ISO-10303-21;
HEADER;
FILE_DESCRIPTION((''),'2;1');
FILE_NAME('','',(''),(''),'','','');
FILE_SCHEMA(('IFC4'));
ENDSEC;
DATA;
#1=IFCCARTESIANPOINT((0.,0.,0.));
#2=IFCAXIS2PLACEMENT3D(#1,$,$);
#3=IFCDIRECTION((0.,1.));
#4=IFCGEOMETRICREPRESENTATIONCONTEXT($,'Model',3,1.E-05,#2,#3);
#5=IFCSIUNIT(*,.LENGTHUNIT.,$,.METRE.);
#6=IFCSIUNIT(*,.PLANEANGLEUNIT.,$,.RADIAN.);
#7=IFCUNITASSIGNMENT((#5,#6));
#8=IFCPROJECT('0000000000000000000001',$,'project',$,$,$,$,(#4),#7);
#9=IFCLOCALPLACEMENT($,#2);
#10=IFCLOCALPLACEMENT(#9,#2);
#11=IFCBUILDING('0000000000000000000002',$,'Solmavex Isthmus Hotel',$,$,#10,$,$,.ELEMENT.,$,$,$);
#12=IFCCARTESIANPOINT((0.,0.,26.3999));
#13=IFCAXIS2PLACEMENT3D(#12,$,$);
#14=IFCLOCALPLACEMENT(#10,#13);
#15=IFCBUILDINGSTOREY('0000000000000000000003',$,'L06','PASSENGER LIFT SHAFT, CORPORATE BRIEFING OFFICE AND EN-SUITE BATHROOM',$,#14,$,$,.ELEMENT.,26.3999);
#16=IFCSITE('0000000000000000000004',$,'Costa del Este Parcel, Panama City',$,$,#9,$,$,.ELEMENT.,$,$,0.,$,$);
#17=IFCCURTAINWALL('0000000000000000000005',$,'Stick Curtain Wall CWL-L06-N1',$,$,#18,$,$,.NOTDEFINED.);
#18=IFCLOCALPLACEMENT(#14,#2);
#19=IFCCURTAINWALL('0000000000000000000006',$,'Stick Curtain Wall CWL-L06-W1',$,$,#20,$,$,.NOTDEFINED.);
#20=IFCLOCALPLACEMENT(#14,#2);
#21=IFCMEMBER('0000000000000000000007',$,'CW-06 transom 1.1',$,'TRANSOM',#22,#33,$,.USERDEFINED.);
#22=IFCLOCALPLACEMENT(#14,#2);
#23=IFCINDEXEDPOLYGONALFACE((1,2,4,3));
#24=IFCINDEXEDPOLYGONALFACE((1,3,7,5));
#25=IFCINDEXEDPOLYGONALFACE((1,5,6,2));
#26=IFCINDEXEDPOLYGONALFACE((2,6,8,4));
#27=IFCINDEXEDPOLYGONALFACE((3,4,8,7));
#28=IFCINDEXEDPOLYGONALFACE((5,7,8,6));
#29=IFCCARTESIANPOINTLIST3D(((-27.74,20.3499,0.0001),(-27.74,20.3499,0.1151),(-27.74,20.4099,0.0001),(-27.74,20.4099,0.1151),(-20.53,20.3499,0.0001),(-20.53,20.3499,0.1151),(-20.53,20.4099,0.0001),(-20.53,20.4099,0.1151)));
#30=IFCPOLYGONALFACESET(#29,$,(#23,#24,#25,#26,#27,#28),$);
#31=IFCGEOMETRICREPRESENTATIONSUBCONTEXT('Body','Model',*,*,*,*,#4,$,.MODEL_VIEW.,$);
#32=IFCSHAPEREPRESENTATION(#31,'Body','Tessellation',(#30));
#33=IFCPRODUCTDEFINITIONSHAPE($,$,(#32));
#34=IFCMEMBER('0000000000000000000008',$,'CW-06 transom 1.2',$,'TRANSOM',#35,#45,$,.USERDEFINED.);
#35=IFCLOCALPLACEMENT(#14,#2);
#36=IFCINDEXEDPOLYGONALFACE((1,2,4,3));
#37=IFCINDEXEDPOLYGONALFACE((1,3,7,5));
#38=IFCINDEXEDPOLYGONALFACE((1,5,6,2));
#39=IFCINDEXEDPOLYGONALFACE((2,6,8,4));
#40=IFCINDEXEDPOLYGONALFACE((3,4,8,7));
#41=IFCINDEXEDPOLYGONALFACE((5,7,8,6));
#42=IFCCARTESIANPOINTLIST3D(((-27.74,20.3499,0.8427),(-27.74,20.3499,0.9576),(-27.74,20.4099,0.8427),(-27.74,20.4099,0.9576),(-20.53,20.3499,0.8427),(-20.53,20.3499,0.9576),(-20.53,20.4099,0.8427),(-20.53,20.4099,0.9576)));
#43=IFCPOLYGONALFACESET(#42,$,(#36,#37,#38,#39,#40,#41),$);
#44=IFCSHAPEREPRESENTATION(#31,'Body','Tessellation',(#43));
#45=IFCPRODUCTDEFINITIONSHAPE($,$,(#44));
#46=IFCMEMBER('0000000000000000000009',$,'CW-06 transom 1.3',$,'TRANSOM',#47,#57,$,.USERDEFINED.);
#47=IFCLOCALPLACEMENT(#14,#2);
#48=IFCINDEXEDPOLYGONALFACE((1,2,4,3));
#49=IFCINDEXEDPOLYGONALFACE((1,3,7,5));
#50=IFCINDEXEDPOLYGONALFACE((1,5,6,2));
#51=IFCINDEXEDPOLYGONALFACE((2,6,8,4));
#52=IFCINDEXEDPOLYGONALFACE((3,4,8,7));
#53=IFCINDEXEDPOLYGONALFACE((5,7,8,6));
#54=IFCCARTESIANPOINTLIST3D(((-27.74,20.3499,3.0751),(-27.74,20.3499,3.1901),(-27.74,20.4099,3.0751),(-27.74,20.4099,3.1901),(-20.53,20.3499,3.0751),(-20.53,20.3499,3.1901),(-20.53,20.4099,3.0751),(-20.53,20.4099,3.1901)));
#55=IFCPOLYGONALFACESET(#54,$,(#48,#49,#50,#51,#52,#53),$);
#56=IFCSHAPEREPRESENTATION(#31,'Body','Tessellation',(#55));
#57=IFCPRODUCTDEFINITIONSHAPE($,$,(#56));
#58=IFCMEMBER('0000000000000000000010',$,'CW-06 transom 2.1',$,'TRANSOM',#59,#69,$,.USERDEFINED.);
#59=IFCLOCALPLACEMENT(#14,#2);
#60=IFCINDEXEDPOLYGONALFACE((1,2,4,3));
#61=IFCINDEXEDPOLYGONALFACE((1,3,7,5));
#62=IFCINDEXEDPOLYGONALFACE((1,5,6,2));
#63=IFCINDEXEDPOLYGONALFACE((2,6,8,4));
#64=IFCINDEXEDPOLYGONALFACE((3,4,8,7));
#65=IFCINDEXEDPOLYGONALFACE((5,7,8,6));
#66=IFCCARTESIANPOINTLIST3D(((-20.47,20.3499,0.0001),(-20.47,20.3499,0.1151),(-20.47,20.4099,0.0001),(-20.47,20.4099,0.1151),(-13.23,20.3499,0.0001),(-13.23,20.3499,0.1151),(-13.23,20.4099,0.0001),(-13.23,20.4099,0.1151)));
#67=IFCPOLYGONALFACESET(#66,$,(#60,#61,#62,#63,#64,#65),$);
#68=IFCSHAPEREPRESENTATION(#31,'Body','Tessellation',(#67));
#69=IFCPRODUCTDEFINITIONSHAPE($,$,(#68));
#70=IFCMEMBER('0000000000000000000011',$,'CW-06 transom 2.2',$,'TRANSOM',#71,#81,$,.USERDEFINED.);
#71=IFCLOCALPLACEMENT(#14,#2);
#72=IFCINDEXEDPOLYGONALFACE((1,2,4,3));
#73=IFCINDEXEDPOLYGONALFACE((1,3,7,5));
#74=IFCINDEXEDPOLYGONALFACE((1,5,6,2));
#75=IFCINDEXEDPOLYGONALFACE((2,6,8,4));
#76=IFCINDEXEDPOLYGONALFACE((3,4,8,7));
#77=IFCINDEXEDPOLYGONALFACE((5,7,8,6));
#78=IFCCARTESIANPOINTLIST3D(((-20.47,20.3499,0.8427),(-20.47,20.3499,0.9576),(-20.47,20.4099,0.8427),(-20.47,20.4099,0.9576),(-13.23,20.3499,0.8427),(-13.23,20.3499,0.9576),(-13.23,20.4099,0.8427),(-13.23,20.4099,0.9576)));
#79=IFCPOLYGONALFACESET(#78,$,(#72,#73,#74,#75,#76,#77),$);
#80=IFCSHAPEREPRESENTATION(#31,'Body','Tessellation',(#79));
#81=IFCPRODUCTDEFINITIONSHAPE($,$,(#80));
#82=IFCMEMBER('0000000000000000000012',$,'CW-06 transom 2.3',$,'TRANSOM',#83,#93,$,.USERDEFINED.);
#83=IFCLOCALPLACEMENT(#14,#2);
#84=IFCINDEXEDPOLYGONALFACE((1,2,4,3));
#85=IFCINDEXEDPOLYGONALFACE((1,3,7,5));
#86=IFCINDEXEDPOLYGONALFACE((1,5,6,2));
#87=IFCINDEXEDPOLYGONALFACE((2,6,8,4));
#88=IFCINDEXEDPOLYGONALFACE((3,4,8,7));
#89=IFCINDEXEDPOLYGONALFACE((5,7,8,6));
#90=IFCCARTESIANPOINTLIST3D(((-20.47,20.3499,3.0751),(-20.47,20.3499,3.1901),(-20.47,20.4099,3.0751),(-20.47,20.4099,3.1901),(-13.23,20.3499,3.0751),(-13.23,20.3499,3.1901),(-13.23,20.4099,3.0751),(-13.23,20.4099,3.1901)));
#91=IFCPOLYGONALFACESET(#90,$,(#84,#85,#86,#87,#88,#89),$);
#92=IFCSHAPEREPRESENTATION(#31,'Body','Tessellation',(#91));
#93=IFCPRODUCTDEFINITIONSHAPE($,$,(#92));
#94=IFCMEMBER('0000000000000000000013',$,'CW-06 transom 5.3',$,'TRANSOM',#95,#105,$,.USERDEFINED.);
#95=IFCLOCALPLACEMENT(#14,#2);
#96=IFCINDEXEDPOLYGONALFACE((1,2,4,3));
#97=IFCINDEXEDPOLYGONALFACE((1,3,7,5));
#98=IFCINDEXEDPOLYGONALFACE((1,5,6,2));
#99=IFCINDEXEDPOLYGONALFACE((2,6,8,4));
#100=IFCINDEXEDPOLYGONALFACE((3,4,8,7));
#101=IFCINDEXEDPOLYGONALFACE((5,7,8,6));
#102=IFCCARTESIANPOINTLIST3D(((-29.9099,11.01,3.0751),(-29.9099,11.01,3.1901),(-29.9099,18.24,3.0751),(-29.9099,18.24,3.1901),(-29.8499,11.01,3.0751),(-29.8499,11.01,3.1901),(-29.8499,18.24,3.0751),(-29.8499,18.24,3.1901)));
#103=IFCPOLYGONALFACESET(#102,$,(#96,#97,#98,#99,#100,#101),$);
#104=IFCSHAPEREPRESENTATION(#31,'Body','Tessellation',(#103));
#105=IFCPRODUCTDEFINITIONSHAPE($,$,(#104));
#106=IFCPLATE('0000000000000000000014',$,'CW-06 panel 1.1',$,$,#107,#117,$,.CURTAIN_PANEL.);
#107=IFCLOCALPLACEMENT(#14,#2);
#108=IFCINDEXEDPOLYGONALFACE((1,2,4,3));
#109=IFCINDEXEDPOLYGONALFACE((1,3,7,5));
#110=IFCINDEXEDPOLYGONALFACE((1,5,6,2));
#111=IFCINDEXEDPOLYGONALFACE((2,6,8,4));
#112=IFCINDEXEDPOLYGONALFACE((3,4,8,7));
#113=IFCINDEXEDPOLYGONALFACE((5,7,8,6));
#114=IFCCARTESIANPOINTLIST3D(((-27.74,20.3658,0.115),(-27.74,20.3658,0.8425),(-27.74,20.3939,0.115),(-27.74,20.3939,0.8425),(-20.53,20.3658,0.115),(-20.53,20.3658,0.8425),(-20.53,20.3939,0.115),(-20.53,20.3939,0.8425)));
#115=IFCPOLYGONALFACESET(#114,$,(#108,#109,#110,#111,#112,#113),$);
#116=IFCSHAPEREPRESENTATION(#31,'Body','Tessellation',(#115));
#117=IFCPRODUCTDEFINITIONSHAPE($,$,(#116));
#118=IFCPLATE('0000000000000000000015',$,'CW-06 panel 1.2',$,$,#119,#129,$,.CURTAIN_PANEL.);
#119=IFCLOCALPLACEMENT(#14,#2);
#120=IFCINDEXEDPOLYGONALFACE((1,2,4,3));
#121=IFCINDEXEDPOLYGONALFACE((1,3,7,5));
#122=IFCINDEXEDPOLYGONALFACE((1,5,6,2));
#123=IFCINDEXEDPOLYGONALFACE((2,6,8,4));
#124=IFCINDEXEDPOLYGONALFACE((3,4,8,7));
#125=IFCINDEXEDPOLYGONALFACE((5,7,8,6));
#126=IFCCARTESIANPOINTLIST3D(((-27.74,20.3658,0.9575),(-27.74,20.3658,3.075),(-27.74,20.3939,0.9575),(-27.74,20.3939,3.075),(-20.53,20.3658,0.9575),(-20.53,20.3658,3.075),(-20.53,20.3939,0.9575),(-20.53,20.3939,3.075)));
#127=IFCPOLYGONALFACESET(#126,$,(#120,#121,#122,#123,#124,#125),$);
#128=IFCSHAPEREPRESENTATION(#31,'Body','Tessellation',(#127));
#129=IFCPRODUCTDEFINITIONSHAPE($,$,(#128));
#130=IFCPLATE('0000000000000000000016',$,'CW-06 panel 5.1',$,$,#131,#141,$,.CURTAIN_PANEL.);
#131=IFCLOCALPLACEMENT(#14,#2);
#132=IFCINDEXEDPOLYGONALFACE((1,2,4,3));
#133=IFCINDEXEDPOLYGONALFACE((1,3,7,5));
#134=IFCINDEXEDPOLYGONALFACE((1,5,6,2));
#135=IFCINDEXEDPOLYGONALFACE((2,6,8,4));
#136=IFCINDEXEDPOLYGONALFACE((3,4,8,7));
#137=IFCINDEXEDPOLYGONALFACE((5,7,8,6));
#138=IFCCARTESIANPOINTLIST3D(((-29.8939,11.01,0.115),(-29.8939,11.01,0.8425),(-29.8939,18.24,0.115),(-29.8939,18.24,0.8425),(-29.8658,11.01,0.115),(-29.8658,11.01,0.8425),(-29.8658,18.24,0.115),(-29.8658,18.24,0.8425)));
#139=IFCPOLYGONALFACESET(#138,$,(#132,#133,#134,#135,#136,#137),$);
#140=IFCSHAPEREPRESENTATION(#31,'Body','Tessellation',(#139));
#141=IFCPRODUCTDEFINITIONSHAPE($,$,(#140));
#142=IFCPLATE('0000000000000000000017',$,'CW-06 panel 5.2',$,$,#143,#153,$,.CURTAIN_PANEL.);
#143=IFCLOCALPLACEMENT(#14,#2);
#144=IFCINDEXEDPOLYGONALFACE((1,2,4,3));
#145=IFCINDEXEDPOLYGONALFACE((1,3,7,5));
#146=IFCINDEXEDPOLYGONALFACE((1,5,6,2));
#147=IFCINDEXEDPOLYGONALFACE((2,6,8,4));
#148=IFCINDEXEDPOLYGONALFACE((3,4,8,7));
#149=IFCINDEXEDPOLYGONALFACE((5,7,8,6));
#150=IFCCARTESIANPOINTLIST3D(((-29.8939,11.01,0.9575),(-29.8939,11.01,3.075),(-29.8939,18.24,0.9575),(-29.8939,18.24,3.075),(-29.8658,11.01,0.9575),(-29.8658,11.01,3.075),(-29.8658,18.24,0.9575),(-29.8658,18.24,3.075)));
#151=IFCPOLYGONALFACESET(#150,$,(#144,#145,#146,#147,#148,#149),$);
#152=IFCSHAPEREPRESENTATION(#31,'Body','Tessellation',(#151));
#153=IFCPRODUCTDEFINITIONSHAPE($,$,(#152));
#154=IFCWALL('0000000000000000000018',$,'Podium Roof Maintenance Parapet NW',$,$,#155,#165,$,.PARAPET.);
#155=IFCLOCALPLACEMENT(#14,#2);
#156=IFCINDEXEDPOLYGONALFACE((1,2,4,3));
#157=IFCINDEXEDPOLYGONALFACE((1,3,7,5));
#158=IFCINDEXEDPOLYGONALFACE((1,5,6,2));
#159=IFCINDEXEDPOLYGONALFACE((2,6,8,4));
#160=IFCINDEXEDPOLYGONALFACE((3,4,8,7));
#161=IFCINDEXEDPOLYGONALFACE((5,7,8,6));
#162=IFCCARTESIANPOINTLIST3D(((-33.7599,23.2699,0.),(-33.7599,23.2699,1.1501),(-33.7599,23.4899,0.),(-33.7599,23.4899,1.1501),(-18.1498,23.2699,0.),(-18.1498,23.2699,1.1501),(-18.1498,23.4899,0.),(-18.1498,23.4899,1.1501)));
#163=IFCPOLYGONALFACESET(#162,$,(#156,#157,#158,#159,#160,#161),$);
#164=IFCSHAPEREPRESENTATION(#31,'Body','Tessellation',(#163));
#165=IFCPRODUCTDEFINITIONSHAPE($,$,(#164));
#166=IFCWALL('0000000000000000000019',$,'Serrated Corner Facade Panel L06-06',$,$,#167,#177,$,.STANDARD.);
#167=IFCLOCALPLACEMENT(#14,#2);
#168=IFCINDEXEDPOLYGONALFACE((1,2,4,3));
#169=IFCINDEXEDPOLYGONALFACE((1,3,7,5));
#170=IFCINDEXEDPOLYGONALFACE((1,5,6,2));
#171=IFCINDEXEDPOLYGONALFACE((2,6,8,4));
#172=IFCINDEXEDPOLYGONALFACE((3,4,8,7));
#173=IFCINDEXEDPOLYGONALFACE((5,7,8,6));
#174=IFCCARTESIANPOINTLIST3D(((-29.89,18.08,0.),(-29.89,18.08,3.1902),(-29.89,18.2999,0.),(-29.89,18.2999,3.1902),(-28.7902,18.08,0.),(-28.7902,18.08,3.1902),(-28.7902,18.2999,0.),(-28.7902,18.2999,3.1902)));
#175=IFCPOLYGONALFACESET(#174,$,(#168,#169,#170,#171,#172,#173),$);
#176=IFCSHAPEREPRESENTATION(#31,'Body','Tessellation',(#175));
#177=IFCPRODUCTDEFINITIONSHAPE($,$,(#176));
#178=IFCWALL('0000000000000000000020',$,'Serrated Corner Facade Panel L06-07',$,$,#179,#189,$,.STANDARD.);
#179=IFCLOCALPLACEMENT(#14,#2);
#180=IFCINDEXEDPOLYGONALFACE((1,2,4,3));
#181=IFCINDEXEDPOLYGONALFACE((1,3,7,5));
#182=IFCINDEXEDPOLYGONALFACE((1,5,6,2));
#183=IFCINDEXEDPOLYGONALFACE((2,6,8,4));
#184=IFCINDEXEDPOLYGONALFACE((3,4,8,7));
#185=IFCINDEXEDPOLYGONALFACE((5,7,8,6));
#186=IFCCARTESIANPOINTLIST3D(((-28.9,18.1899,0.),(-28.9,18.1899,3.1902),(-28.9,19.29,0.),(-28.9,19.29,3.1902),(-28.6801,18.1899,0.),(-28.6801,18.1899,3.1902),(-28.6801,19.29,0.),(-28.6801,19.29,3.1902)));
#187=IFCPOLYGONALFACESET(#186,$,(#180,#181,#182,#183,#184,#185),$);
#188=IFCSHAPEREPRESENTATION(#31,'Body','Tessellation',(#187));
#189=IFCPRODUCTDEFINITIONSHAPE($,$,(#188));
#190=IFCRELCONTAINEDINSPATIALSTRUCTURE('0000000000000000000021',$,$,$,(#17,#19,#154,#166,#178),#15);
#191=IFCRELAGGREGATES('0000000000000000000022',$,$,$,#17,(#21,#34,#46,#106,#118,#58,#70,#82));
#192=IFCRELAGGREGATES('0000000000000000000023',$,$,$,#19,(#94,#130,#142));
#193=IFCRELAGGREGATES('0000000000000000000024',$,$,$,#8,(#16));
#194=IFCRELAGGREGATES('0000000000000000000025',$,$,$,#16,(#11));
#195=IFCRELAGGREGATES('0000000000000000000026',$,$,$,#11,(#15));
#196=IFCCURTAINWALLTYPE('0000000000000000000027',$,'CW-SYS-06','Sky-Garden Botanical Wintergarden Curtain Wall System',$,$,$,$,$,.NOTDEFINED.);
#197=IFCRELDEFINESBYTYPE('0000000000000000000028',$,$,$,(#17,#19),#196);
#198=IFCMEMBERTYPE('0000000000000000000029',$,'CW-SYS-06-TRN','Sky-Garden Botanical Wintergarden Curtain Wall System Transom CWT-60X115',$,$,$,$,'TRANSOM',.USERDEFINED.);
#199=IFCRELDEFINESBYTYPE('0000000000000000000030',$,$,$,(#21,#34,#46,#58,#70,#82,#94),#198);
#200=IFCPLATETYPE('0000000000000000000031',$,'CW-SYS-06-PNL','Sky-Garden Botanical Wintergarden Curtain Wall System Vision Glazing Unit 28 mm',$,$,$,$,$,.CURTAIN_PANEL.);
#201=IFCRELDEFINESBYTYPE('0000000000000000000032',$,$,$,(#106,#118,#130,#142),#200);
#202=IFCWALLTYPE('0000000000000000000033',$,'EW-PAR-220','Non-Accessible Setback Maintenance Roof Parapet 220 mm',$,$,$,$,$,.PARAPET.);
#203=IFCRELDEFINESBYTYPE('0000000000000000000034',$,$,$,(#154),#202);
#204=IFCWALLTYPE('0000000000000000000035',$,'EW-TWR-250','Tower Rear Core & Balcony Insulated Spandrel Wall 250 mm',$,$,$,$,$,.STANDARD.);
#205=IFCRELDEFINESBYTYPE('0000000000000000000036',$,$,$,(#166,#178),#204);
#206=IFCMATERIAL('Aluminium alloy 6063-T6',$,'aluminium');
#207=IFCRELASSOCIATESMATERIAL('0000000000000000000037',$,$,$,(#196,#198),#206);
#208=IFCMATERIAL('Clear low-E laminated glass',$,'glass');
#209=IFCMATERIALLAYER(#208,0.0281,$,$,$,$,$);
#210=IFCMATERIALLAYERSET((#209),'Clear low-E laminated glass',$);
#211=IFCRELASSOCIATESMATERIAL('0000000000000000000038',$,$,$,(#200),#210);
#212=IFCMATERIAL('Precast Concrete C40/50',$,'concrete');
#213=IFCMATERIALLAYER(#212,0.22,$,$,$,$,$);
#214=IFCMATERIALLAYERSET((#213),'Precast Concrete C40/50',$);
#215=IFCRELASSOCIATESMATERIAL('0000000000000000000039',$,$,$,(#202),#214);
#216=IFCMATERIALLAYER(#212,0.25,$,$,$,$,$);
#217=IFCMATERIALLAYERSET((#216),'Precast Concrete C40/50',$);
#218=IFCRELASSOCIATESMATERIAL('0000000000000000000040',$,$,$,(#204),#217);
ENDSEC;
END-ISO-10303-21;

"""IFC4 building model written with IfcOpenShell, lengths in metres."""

from ifc_helpers import new_model, si_unit, direction, frame, frame_2d, origin, origin_2d, place, context, subcontext, project, spatial, rectangle, extrude, material, layer, layer_set, material_profile, profile_set, type_object, element, aggregate, save


model = new_model("IFC4")

# Units and contexts
model_context = context("Model", 3, precision=1e-05, world=origin(), true_north=direction((0.0, 1.0)))
body_context = subcontext(model_context, "Body", "Model", "MODEL_VIEW")
ifc_project = project(units=[si_unit("LENGTHUNIT", "METRE"), si_unit("PLANEANGLEUNIT", "RADIAN")], contexts=[model_context])

# Site, building, storey
site_placement = place(None, origin())
site = spatial("IfcSite", under=ifc_project, at=site_placement, Name="Costa del Este Parcel, Panama City", CompositionType="ELEMENT", RefElevation=0.0)
building_placement = place(site_placement, origin())
building = spatial("IfcBuilding", under=site, at=building_placement, Name="Solmavex Isthmus Hotel", CompositionType="ELEMENT")
storey_placement = place(building_placement, frame((0.0, 0.0, 26.3999)))
storey = spatial("IfcBuildingStorey", under=building, at=storey_placement, Name="L06", Description="PASSENGER LIFT SHAFT, CORPORATE BRIEFING OFFICE AND EN-SUITE BATHROOM", CompositionType="ELEMENT", Elevation=26.3999)

# Curtain wall
ifc_material_1 = material(Name="Aluminium alloy 6063-T6", Category="aluminium")
curtain_wall_type = type_object("IfcCurtainWallType", Name="CW-SYS-06", Description="Sky-Garden Botanical Wintergarden Curtain Wall System", PredefinedType="NOTDEFINED", material=ifc_material_1)
curtain_wall_1_placement = place(storey_placement, origin())
curtain_wall_1 = element("IfcCurtainWall", 1, at=curtain_wall_1_placement, inside=storey, type_object=curtain_wall_type, Name="Stick Curtain Wall CWL-L06-N1", PredefinedType="NOTDEFINED")

# Curtain wall
curtain_wall_2_placement = place(storey_placement, origin())
curtain_wall_2 = element("IfcCurtainWall", 2, at=curtain_wall_2_placement, inside=storey, type_object=curtain_wall_type, Name="Stick Curtain Wall CWL-L06-W1", PredefinedType="NOTDEFINED")

# Members
ifc_material_profile_1 = material_profile(ifc_material_1, rectangle(XDim=0.0601, YDim=0.115, at=origin_2d()), Name="CWT-60X115")
ifc_profile_set_1 = profile_set([ifc_material_profile_1], Name="Aluminium alloy 6063-T6")
member_type_1 = type_object("IfcMemberType", Name="CW-SYS-06-TRN", Description="Sky-Garden Botanical Wintergarden Curtain Wall System Transom CWT-60X115", ElementType="TRANSOM", PredefinedType="USERDEFINED", material=ifc_profile_set_1)
member_1_placement = place(storey_placement, frame((-27.74, 20.3799, 0.0576), z_axis=(1.0, 0.0, 0.0), x_axis=(0.0, 1.0, 0.0)))
member_1 = element("IfcMember", 3, at=member_1_placement, type_object=member_type_1, Name="CW-06 transom 1.1", ObjectType="TRANSOM", PredefinedType="USERDEFINED", context=body_context, shape_type="SweptSolid", body=[
    extrude(rectangle(XDim=0.0601, YDim=0.115, at=origin_2d()), origin(), (0.0, 0.0, 1.0), 7.21),
])
member_2_placement = place(storey_placement, frame((-27.74, 20.3799, 0.9001), z_axis=(1.0, 0.0, 0.0), x_axis=(0.0, 1.0, 0.0)))
member_2 = element("IfcMember", 4, at=member_2_placement, type_object=member_type_1, Name="CW-06 transom 1.2", ObjectType="TRANSOM", PredefinedType="USERDEFINED", context=body_context, shape_type="SweptSolid", body=[
    extrude(rectangle(XDim=0.0601, YDim=0.115, at=origin_2d()), origin(), (0.0, 0.0, 1.0), 7.21),
])
member_3_placement = place(storey_placement, frame((-27.74, 20.3799, 3.1326), z_axis=(1.0, 0.0, 0.0), x_axis=(0.0, 1.0, 0.0)))
member_3 = element("IfcMember", 5, at=member_3_placement, type_object=member_type_1, Name="CW-06 transom 1.3", ObjectType="TRANSOM", PredefinedType="USERDEFINED", context=body_context, shape_type="SweptSolid", body=[
    extrude(rectangle(XDim=0.0601, YDim=0.115, at=origin_2d()), origin(), (0.0, 0.0, 1.0), 7.21),
])
member_4_placement = place(storey_placement, frame((-20.47, 20.3799, 0.0576), z_axis=(1.0, 0.0, 0.0), x_axis=(0.0, 1.0, 0.0)))
member_4 = element("IfcMember", 6, at=member_4_placement, type_object=member_type_1, Name="CW-06 transom 2.1", ObjectType="TRANSOM", PredefinedType="USERDEFINED", context=body_context, shape_type="SweptSolid", body=[
    extrude(rectangle(XDim=0.0601, YDim=0.115, at=origin_2d()), origin(), (0.0, 0.0, 1.0), 7.24),
])
member_5_placement = place(storey_placement, frame((-20.47, 20.3799, 0.9001), z_axis=(1.0, 0.0, 0.0), x_axis=(0.0, 1.0, 0.0)))
member_5 = element("IfcMember", 7, at=member_5_placement, type_object=member_type_1, Name="CW-06 transom 2.2", ObjectType="TRANSOM", PredefinedType="USERDEFINED", context=body_context, shape_type="SweptSolid", body=[
    extrude(rectangle(XDim=0.0601, YDim=0.115, at=origin_2d()), origin(), (0.0, 0.0, 1.0), 7.24),
])
member_6_placement = place(storey_placement, frame((-20.47, 20.3799, 3.1326), z_axis=(1.0, 0.0, 0.0), x_axis=(0.0, 1.0, 0.0)))
member_6 = element("IfcMember", 8, at=member_6_placement, type_object=member_type_1, Name="CW-06 transom 2.3", ObjectType="TRANSOM", PredefinedType="USERDEFINED", context=body_context, shape_type="SweptSolid", body=[
    extrude(rectangle(XDim=0.0601, YDim=0.115, at=origin_2d()), origin(), (0.0, 0.0, 1.0), 7.24),
])
member_7_placement = place(storey_placement, frame((-29.8799, 11.01, 3.1326), z_axis=(0.0, 1.0, 0.0), x_axis=(-1.0, 0.0, 0.0)))
member_7 = element("IfcMember", 9, at=member_7_placement, type_object=member_type_1, Name="CW-06 transom 5.3", ObjectType="TRANSOM", PredefinedType="USERDEFINED", context=body_context, shape_type="SweptSolid", body=[
    extrude(rectangle(XDim=0.0601, YDim=0.115, at=origin_2d()), origin(), (0.0, 0.0, 1.0), 7.23),
])

# Plates
ifc_material_2 = material(Name="Clear low-E laminated glass", Category="glass")
ifc_layer_1 = layer(ifc_material_2, 0.0281)
ifc_layer_set_1 = layer_set([ifc_layer_1], Name="Clear low-E laminated glass")
plate_type = type_object("IfcPlateType", Name="CW-SYS-06-PNL", Description="Sky-Garden Botanical Wintergarden Curtain Wall System Vision Glazing Unit 28 mm", PredefinedType="CURTAIN_PANEL", material=ifc_layer_set_1)
plate_1_placement = place(storey_placement, frame((-24.135, 20.3799, 0.115), z_axis=(0.0, 0.0, 1.0), x_axis=(1.0, 0.0, 0.0)))
plate_1 = element("IfcPlate", 10, at=plate_1_placement, type_object=plate_type, Name="CW-06 panel 1.1", PredefinedType="CURTAIN_PANEL", context=body_context, shape_type="SweptSolid", body=[
    extrude(rectangle(XDim=7.21, YDim=0.0281, at=origin_2d()), origin(), (0.0, 0.0, 1.0), 0.7275),
])
plate_2_placement = place(storey_placement, frame((-24.135, 20.3799, 0.9575), z_axis=(0.0, 0.0, 1.0), x_axis=(1.0, 0.0, 0.0)))
plate_2 = element("IfcPlate", 11, at=plate_2_placement, type_object=plate_type, Name="CW-06 panel 1.2", PredefinedType="CURTAIN_PANEL", context=body_context, shape_type="SweptSolid", body=[
    extrude(rectangle(XDim=7.21, YDim=0.0281, at=origin_2d()), origin(), (0.0, 0.0, 1.0), 2.1174),
])
aggregate(curtain_wall_1, [member_1, member_2, member_3, plate_1, plate_2, member_4, member_5, member_6])
plate_3_placement = place(storey_placement, frame((-29.8799, 14.625, 0.115), z_axis=(0.0, 0.0, 1.0), x_axis=(0.0, 1.0, 0.0)))
plate_3 = element("IfcPlate", 12, at=plate_3_placement, type_object=plate_type, Name="CW-06 panel 5.1", PredefinedType="CURTAIN_PANEL", context=body_context, shape_type="SweptSolid", body=[
    extrude(rectangle(XDim=7.23, YDim=0.0281, at=origin_2d()), origin(), (0.0, 0.0, 1.0), 0.7275),
])
plate_4_placement = place(storey_placement, frame((-29.8799, 14.625, 0.9575), z_axis=(0.0, 0.0, 1.0), x_axis=(0.0, 1.0, 0.0)))
plate_4 = element("IfcPlate", 13, at=plate_4_placement, type_object=plate_type, Name="CW-06 panel 5.2", PredefinedType="CURTAIN_PANEL", context=body_context, shape_type="SweptSolid", body=[
    extrude(rectangle(XDim=7.23, YDim=0.0281, at=origin_2d()), origin(), (0.0, 0.0, 1.0), 2.1174),
])
aggregate(curtain_wall_2, [member_7, plate_3, plate_4])

# Walls
ifc_material_3 = material(Name="Precast Concrete C40/50", Category="concrete")
ifc_layer_2 = layer(ifc_material_3, 0.22)
ifc_layer_set_2 = layer_set([ifc_layer_2], Name="Precast Concrete C40/50")
wall_type_1 = type_object("IfcWallType", Name="EW-PAR-220", Description="Non-Accessible Setback Maintenance Roof Parapet 220 mm", PredefinedType="PARAPET", material=ifc_layer_set_2)
wall_1_placement = place(storey_placement, frame((-33.76, 23.3799, 0.0), z_axis=(0.0, 0.0, 1.0), x_axis=(1.0, 0.0, 0.0)))
element("IfcWall", 14, at=wall_1_placement, inside=storey, type_object=wall_type_1, Name="Podium Roof Maintenance Parapet NW", PredefinedType="PARAPET", context=body_context, shape_type="SweptSolid", body=[
    extrude(rectangle(XDim=15.6101, YDim=0.22, at=frame_2d((7.8052, 0.0))), origin(), (0.0, 0.0, 1.0), 1.1501),
])
ifc_layer_3 = layer(ifc_material_3, 0.25)
ifc_layer_set_3 = layer_set([ifc_layer_3], Name="Precast Concrete C40/50")
wall_type_2 = type_object("IfcWallType", Name="EW-TWR-250", Description="Tower Rear Core & Balcony Insulated Spandrel Wall 250 mm", PredefinedType="STANDARD", material=ifc_layer_set_3)
wall_2_placement = place(storey_placement, frame((-29.8899, 18.1899, 0.0), z_axis=(0.0, 0.0, 1.0), x_axis=(1.0, 0.0, 0.0)))
element("IfcWall", 15, at=wall_2_placement, inside=storey, type_object=wall_type_2, Name="Serrated Corner Facade Panel L06-06", PredefinedType="STANDARD", context=body_context, shape_type="SweptSolid", body=[
    extrude(rectangle(XDim=1.0999, YDim=0.22, at=frame_2d((0.5498, 0.0))), origin(), (0.0, 0.0, 1.0), 3.1902),
])
for number, where, z_axis, x_axis, name in (
    (16, (-28.79, 18.1899, 0.0), (0.0, 0.0, 1.0), (0.0, 1.0, 0.0), "Serrated Corner Facade Panel L06-07"),
):
    element("IfcWall", number, at=place(storey_placement, frame(where, z_axis=z_axis, x_axis=x_axis)), inside=storey, type_object=wall_type_2, Name=name, PredefinedType="STANDARD", context=body_context, shape_type="SweptSolid", body=[
        extrude(rectangle(XDim=1.1001, YDim=0.22, at=frame_2d((0.55, 0.0))), origin(), (0.0, 0.0, 1.0), 3.1902),
    ])

save(model, "model.ifc")
